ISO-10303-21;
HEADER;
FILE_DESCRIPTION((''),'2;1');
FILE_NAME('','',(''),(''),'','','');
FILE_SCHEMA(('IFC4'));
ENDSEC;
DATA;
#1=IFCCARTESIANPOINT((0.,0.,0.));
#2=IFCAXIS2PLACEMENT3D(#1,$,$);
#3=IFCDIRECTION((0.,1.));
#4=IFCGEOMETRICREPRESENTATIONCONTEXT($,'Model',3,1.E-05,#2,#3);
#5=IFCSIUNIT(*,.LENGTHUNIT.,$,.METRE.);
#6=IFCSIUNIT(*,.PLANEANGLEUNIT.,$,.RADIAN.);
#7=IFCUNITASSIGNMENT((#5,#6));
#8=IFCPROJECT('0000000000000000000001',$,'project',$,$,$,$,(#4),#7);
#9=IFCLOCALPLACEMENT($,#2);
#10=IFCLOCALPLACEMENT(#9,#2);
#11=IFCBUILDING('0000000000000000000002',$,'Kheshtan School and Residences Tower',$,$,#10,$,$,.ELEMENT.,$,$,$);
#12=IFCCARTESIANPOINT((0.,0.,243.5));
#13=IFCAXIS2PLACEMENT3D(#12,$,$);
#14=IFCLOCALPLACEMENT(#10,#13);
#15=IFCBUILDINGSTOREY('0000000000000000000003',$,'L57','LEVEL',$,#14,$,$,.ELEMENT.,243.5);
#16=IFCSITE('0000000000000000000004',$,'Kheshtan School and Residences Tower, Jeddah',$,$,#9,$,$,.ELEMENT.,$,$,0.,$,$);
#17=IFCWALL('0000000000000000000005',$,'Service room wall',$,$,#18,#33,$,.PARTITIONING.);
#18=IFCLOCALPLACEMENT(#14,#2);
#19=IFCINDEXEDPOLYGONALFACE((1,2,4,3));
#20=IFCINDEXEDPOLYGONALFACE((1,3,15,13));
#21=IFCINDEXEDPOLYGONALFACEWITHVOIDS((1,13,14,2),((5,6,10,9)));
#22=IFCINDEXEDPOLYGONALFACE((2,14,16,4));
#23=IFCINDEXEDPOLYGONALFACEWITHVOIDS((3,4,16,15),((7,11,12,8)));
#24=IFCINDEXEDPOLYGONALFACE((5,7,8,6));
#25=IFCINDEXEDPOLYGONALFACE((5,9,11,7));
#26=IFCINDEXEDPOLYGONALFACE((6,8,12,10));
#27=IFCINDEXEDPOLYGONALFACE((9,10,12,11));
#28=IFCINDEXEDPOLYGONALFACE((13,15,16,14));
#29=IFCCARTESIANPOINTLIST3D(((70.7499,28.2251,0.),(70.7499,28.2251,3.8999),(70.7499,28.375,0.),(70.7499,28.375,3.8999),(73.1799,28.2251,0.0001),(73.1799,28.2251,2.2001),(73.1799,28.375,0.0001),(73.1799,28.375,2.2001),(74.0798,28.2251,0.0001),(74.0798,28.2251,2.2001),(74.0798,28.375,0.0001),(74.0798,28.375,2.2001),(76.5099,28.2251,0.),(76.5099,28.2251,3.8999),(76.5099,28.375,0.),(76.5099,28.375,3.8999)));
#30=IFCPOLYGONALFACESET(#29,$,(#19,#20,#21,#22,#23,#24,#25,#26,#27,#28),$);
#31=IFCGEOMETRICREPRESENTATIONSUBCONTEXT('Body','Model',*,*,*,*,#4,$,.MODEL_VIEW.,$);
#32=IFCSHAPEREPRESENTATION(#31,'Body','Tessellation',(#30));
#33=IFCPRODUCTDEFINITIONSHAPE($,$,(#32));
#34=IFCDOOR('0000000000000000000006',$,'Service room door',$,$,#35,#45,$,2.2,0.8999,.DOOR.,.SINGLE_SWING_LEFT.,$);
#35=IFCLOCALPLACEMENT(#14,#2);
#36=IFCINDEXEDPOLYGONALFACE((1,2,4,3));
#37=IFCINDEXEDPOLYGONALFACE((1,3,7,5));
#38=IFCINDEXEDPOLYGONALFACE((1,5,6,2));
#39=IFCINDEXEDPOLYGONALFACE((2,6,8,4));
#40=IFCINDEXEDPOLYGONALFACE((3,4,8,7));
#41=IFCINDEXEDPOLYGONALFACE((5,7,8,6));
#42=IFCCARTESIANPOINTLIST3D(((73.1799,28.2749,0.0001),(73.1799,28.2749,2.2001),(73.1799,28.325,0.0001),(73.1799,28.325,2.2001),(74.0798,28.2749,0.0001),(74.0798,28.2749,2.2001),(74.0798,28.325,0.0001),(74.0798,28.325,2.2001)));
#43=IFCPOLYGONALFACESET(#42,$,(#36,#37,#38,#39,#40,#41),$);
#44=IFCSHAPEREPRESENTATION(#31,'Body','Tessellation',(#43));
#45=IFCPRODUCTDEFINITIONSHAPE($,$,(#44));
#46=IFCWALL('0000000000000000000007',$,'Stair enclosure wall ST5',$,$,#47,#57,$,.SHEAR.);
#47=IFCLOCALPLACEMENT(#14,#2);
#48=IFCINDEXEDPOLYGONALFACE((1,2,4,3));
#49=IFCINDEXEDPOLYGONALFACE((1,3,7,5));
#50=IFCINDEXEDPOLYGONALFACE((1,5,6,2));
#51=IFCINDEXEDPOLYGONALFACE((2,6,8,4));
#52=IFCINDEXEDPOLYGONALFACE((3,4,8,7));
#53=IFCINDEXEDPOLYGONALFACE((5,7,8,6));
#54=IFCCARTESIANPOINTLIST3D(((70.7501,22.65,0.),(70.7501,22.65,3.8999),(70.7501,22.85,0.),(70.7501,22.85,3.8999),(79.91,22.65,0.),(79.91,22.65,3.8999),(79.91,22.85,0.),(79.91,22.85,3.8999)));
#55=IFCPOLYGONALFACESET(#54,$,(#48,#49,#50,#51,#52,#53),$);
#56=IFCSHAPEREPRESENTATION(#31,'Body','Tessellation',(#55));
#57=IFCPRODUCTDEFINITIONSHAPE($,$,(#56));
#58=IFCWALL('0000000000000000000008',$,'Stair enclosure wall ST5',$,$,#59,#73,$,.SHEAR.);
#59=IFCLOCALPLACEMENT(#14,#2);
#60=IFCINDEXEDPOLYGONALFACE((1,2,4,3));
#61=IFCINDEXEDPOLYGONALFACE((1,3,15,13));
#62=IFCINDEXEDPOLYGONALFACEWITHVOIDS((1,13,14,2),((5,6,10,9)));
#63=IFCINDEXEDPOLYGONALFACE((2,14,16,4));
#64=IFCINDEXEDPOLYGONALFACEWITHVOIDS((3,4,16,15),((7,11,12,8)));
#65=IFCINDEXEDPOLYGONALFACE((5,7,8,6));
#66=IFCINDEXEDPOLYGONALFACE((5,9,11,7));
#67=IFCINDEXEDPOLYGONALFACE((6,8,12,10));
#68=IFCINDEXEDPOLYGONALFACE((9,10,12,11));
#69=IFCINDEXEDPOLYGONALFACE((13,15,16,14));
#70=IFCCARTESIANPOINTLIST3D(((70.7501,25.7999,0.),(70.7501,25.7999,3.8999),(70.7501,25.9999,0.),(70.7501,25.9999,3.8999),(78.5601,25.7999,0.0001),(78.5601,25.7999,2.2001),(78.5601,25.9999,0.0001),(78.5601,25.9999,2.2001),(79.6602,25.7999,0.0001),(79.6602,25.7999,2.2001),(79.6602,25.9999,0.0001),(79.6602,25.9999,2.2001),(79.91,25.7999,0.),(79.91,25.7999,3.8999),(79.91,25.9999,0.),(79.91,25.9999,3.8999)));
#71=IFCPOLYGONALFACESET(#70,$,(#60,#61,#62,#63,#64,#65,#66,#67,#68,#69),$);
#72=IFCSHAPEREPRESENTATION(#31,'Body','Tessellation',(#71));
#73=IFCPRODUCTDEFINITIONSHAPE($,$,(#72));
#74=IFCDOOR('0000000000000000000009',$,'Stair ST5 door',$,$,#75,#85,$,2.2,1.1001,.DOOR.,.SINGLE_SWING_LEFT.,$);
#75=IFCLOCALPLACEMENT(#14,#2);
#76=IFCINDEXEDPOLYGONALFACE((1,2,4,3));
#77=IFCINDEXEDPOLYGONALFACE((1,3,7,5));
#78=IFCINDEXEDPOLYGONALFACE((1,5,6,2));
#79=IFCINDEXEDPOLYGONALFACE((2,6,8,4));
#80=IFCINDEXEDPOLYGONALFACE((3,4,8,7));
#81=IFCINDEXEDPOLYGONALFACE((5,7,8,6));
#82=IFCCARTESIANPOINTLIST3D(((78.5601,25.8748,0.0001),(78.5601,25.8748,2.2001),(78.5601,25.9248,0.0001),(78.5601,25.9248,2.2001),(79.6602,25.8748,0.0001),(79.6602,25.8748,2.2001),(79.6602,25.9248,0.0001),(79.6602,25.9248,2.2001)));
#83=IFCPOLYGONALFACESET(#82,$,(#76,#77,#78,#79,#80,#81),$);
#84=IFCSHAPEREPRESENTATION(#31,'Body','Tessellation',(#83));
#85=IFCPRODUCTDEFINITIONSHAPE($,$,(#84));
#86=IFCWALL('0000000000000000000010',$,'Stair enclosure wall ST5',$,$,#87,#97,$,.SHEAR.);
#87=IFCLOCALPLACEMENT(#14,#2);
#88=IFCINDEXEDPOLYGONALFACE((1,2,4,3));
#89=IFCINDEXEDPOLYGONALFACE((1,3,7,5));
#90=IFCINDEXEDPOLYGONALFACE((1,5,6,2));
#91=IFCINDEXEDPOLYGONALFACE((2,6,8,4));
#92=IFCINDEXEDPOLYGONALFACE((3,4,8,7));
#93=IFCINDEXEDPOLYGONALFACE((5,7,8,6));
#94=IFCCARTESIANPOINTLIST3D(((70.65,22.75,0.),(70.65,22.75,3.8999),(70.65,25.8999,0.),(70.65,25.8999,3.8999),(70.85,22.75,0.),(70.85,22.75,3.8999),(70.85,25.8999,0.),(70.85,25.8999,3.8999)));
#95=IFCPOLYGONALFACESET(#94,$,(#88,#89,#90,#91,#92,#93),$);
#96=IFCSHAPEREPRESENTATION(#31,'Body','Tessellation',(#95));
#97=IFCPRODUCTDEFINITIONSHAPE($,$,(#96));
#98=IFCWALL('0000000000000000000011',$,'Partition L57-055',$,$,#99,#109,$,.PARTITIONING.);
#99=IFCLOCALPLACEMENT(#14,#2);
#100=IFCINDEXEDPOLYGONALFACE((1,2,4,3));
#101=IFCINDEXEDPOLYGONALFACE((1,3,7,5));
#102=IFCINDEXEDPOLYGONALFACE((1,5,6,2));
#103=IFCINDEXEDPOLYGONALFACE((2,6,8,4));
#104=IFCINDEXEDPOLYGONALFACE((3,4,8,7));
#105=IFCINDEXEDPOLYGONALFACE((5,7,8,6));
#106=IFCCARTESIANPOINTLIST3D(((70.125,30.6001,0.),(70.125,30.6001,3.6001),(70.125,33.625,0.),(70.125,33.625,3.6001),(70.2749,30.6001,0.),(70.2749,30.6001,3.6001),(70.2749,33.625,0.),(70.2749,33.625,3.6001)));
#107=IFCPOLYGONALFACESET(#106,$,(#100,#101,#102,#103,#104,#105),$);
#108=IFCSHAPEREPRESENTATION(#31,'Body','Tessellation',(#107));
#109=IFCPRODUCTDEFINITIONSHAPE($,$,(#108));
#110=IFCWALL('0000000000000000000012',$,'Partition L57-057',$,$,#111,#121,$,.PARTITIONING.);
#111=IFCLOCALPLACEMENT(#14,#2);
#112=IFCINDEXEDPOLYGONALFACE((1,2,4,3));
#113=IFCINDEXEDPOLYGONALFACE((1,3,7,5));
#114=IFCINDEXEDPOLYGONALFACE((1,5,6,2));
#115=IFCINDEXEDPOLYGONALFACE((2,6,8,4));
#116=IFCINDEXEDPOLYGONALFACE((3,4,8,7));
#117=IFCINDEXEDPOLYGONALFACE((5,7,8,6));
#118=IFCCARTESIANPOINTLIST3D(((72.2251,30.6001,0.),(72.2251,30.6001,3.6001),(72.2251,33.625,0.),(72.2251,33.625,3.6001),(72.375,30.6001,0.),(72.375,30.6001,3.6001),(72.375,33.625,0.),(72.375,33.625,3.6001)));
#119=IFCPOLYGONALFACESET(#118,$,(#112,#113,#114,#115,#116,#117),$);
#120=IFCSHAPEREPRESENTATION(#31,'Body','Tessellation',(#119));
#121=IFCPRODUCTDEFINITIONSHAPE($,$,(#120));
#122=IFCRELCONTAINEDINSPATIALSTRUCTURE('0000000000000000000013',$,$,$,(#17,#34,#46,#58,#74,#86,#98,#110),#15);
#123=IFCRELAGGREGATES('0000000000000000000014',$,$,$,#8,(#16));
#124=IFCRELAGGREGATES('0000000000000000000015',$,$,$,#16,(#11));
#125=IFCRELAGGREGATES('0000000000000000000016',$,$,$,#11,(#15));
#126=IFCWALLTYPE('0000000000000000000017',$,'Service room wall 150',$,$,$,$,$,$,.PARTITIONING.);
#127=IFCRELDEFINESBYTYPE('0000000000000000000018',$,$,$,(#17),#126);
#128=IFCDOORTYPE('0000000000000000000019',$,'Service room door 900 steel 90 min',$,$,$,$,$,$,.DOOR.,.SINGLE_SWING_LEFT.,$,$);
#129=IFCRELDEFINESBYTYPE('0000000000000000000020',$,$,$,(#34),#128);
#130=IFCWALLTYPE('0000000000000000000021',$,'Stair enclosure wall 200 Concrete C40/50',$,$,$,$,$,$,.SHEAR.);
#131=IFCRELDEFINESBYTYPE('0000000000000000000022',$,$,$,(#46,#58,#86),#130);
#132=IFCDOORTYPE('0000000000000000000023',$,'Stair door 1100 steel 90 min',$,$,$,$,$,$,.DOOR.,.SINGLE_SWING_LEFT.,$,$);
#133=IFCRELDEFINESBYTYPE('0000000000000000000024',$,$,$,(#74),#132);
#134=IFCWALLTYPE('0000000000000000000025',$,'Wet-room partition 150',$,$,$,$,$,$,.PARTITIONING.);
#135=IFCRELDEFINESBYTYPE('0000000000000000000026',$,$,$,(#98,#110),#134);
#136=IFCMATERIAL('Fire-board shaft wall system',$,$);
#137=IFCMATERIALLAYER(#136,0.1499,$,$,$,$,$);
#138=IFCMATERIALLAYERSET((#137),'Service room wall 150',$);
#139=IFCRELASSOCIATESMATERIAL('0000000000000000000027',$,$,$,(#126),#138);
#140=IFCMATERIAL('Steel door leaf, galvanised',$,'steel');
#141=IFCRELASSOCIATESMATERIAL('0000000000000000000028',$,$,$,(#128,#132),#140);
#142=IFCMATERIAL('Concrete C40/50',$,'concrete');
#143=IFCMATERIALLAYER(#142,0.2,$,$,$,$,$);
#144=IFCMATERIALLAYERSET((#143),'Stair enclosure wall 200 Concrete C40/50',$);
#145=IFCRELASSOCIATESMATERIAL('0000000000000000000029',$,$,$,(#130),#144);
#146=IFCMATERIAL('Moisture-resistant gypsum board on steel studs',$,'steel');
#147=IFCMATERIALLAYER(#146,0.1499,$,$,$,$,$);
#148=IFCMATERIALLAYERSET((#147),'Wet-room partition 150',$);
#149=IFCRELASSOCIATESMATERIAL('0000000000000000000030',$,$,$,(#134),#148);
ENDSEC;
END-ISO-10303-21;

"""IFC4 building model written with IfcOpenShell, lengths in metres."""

from ifc_helpers import new_model, si_unit, direction, frame, frame_2d, origin, place, context, subcontext, project, spatial, rectangle, extrude, source, transform, mapped, material, layer, layer_set, type_object, element, fill, save


model = new_model("IFC4")

# Units and contexts
model_context = context("Model", 3, precision=1e-05, world=origin(), true_north=direction((0.0, 1.0)))
body_context = subcontext(model_context, "Body", "Model", "MODEL_VIEW")
ifc_project = project(units=[si_unit("LENGTHUNIT", "METRE"), si_unit("PLANEANGLEUNIT", "RADIAN")], contexts=[model_context])

# Site, building, storey
site_placement = place(None, origin())
site = spatial("IfcSite", under=ifc_project, at=site_placement, Name="Kheshtan School and Residences Tower, Jeddah", CompositionType="ELEMENT", RefElevation=0.0)
building_placement = place(site_placement, origin())
building = spatial("IfcBuilding", under=site, at=building_placement, Name="Kheshtan School and Residences Tower", CompositionType="ELEMENT")
storey_placement = place(building_placement, frame((0.0, 0.0, 243.5)))
storey = spatial("IfcBuildingStorey", under=building, at=storey_placement, Name="L57", Description="LEVEL", CompositionType="ELEMENT", Elevation=243.5)

# Shared definitions
ifc_material_1 = material(Name="Fire-board shaft wall system")
ifc_layer_1 = layer(ifc_material_1, 0.1499)
ifc_layer_set_1 = layer_set([ifc_layer_1], Name="Service room wall 150")
wall_type_1 = type_object("IfcWallType", Name="Service room wall 150", PredefinedType="PARTITIONING", material=ifc_layer_set_1)

# Wall, opening, door
wall_1_placement = place(storey_placement, frame((70.75, 28.3, 0.0), z_axis=(0.0, 0.0, 1.0), x_axis=(1.0, 0.0, 0.0)))
wall_1 = element("IfcWall", 1, at=wall_1_placement, inside=storey, type_object=wall_type_1, Name="Service room wall", PredefinedType="PARTITIONING", context=body_context, shape_type="SweptSolid", body=[
    extrude(rectangle(XDim=5.76, YDim=0.1499, at=frame_2d((2.8799, 0.0))), origin(), (0.0, 0.0, 1.0), 3.8999),
])
opening_1_placement = place(wall_1_placement, frame((2.4299, 0.0, 0.0)))
opening_1 = element("IfcOpeningElement", 2, at=opening_1_placement, cuts=wall_1, PredefinedType="OPENING", context=body_context, shape_type="SweptSolid", body=[
    extrude(rectangle(XDim=0.8999, YDim=2.2, at=frame_2d((0.45, 1.1001))), frame((0.0, 0.085, 0.0), z_axis=(0.0, -1.0, 0.0), x_axis=(1.0, 0.0, 0.0)), (0.0, 0.0, 1.0), 0.1699),
])
ifc_material_2 = material(Name="Steel door leaf, galvanised", Category="steel")
door_type_1 = type_object("IfcDoorType", Name="Service room door 900 steel 90 min", OperationType="SINGLE_SWING_LEFT", PredefinedType="DOOR", material=ifc_material_2)
shared_shape_1 = source(origin(), body_context, "Body", "SweptSolid", [
    extrude(rectangle(XDim=0.8999, YDim=2.2, at=frame_2d((0.45, 1.1001))), frame((0.0, 0.0249, 0.0), z_axis=(0.0, -1.0, 0.0), x_axis=(1.0, 0.0, 0.0)), (0.0, 0.0, 1.0), 0.05),
])
door_1_placement = place(opening_1_placement, origin())
door_1 = element("IfcDoor", 3, at=door_1_placement, inside=storey, type_object=door_type_1, Name="Service room door", OperationType="SINGLE_SWING_LEFT", OverallHeight=2.2, OverallWidth=0.8999, PredefinedType="DOOR", context=body_context, shape_type="MappedRepresentation", body=[
    mapped(shared_shape_1, transform((0.0, 0.0, 0.0), x_axis=(1.0, 0.0, 0.0), y_axis=(0.0, 1.0, 0.0), z_axis=(0.0, 0.0, 1.0), scale=1.0)),
])
fill(opening_1, door_1)

# Wall
ifc_material_3 = material(Name="Concrete C40/50", Category="concrete")
ifc_layer_2 = layer(ifc_material_3, 0.2)
ifc_layer_set_2 = layer_set([ifc_layer_2], Name="Stair enclosure wall 200 Concrete C40/50")
wall_type_2 = type_object("IfcWallType", Name="Stair enclosure wall 200 Concrete C40/50", PredefinedType="SHEAR", material=ifc_layer_set_2)
wall_2_placement = place(storey_placement, frame((70.75, 22.75, 0.0), z_axis=(0.0, 0.0, 1.0), x_axis=(1.0, 0.0, 0.0)))
element("IfcWall", 4, at=wall_2_placement, inside=storey, type_object=wall_type_2, Name="Stair enclosure wall ST5", PredefinedType="SHEAR", context=body_context, shape_type="SweptSolid", body=[
    extrude(rectangle(XDim=9.1599, YDim=0.2, at=frame_2d((4.5801, 0.0))), origin(), (0.0, 0.0, 1.0), 3.8999),
])

# Wall, opening, door
wall_3_placement = place(storey_placement, frame((70.75, 25.8999, 0.0), z_axis=(0.0, 0.0, 1.0), x_axis=(1.0, 0.0, 0.0)))
wall_3 = element("IfcWall", 5, at=wall_3_placement, inside=storey, type_object=wall_type_2, Name="Stair enclosure wall ST5", PredefinedType="SHEAR", context=body_context, shape_type="SweptSolid", body=[
    extrude(rectangle(XDim=9.1599, YDim=0.2, at=frame_2d((4.5801, 0.0))), origin(), (0.0, 0.0, 1.0), 3.8999),
])
opening_2_placement = place(wall_3_placement, frame((7.8101, 0.0, 0.0)))
opening_2 = element("IfcOpeningElement", 6, at=opening_2_placement, cuts=wall_3, PredefinedType="OPENING", context=body_context, shape_type="SweptSolid", body=[
    extrude(rectangle(XDim=1.1001, YDim=2.2, at=frame_2d((0.55, 1.1001))), frame((0.0, 0.1099, 0.0), z_axis=(0.0, -1.0, 0.0), x_axis=(1.0, 0.0, 0.0)), (0.0, 0.0, 1.0), 0.22),
])
door_type_2 = type_object("IfcDoorType", Name="Stair door 1100 steel 90 min", OperationType="SINGLE_SWING_LEFT", PredefinedType="DOOR", material=ifc_material_2)
shared_shape_2 = source(origin(), body_context, "Body", "SweptSolid", [
    extrude(rectangle(XDim=1.1001, YDim=2.2, at=frame_2d((0.55, 1.1001))), frame((0.0, 0.0249, 0.0), z_axis=(0.0, -1.0, 0.0), x_axis=(1.0, 0.0, 0.0)), (0.0, 0.0, 1.0), 0.05),
])
door_2_placement = place(opening_2_placement, origin())
door_2 = element("IfcDoor", 7, at=door_2_placement, inside=storey, type_object=door_type_2, Name="Stair ST5 door", OperationType="SINGLE_SWING_LEFT", OverallHeight=2.2, OverallWidth=1.1001, PredefinedType="DOOR", context=body_context, shape_type="MappedRepresentation", body=[
    mapped(shared_shape_2, transform((0.0, 0.0, 0.0), x_axis=(1.0, 0.0, 0.0), y_axis=(0.0, 1.0, 0.0), z_axis=(0.0, 0.0, 1.0), scale=1.0)),
])
fill(opening_2, door_2)

# Walls
wall_4_placement = place(storey_placement, frame((70.75, 22.75, 0.0), z_axis=(0.0, 0.0, 1.0), x_axis=(0.0, 1.0, 0.0)))
element("IfcWall", 8, at=wall_4_placement, inside=storey, type_object=wall_type_2, Name="Stair enclosure wall ST5", PredefinedType="SHEAR", context=body_context, shape_type="SweptSolid", body=[
    extrude(rectangle(XDim=3.1499, YDim=0.2, at=frame_2d((1.575, 0.0))), origin(), (0.0, 0.0, 1.0), 3.8999),
])
ifc_material_4 = material(Name="Moisture-resistant gypsum board on steel studs", Category="steel")
ifc_layer_3 = layer(ifc_material_4, 0.1499)
ifc_layer_set_3 = layer_set([ifc_layer_3], Name="Wet-room partition 150")
wall_type_3 = type_object("IfcWallType", Name="Wet-room partition 150", PredefinedType="PARTITIONING", material=ifc_layer_set_3)
for number, where, z_axis, x_axis, name in (
    (9, (70.2, 30.6001, 0.0), (0.0, 0.0, 1.0), (0.0, 1.0, 0.0), "Partition L57-055"),
    (10, (72.3, 30.6001, 0.0), (0.0, 0.0, 1.0), (0.0, 1.0, 0.0), "Partition L57-057"),
):
    element("IfcWall", number, at=place(storey_placement, frame(where, z_axis=z_axis, x_axis=x_axis)), inside=storey, type_object=wall_type_3, Name=name, PredefinedType="PARTITIONING", context=body_context, shape_type="SweptSolid", body=[
        extrude(rectangle(XDim=3.0249, YDim=0.1499, at=frame_2d((1.5125, 0.0))), origin(), (0.0, 0.0, 1.0), 3.6001),
    ])

save(model, "model.ifc")
